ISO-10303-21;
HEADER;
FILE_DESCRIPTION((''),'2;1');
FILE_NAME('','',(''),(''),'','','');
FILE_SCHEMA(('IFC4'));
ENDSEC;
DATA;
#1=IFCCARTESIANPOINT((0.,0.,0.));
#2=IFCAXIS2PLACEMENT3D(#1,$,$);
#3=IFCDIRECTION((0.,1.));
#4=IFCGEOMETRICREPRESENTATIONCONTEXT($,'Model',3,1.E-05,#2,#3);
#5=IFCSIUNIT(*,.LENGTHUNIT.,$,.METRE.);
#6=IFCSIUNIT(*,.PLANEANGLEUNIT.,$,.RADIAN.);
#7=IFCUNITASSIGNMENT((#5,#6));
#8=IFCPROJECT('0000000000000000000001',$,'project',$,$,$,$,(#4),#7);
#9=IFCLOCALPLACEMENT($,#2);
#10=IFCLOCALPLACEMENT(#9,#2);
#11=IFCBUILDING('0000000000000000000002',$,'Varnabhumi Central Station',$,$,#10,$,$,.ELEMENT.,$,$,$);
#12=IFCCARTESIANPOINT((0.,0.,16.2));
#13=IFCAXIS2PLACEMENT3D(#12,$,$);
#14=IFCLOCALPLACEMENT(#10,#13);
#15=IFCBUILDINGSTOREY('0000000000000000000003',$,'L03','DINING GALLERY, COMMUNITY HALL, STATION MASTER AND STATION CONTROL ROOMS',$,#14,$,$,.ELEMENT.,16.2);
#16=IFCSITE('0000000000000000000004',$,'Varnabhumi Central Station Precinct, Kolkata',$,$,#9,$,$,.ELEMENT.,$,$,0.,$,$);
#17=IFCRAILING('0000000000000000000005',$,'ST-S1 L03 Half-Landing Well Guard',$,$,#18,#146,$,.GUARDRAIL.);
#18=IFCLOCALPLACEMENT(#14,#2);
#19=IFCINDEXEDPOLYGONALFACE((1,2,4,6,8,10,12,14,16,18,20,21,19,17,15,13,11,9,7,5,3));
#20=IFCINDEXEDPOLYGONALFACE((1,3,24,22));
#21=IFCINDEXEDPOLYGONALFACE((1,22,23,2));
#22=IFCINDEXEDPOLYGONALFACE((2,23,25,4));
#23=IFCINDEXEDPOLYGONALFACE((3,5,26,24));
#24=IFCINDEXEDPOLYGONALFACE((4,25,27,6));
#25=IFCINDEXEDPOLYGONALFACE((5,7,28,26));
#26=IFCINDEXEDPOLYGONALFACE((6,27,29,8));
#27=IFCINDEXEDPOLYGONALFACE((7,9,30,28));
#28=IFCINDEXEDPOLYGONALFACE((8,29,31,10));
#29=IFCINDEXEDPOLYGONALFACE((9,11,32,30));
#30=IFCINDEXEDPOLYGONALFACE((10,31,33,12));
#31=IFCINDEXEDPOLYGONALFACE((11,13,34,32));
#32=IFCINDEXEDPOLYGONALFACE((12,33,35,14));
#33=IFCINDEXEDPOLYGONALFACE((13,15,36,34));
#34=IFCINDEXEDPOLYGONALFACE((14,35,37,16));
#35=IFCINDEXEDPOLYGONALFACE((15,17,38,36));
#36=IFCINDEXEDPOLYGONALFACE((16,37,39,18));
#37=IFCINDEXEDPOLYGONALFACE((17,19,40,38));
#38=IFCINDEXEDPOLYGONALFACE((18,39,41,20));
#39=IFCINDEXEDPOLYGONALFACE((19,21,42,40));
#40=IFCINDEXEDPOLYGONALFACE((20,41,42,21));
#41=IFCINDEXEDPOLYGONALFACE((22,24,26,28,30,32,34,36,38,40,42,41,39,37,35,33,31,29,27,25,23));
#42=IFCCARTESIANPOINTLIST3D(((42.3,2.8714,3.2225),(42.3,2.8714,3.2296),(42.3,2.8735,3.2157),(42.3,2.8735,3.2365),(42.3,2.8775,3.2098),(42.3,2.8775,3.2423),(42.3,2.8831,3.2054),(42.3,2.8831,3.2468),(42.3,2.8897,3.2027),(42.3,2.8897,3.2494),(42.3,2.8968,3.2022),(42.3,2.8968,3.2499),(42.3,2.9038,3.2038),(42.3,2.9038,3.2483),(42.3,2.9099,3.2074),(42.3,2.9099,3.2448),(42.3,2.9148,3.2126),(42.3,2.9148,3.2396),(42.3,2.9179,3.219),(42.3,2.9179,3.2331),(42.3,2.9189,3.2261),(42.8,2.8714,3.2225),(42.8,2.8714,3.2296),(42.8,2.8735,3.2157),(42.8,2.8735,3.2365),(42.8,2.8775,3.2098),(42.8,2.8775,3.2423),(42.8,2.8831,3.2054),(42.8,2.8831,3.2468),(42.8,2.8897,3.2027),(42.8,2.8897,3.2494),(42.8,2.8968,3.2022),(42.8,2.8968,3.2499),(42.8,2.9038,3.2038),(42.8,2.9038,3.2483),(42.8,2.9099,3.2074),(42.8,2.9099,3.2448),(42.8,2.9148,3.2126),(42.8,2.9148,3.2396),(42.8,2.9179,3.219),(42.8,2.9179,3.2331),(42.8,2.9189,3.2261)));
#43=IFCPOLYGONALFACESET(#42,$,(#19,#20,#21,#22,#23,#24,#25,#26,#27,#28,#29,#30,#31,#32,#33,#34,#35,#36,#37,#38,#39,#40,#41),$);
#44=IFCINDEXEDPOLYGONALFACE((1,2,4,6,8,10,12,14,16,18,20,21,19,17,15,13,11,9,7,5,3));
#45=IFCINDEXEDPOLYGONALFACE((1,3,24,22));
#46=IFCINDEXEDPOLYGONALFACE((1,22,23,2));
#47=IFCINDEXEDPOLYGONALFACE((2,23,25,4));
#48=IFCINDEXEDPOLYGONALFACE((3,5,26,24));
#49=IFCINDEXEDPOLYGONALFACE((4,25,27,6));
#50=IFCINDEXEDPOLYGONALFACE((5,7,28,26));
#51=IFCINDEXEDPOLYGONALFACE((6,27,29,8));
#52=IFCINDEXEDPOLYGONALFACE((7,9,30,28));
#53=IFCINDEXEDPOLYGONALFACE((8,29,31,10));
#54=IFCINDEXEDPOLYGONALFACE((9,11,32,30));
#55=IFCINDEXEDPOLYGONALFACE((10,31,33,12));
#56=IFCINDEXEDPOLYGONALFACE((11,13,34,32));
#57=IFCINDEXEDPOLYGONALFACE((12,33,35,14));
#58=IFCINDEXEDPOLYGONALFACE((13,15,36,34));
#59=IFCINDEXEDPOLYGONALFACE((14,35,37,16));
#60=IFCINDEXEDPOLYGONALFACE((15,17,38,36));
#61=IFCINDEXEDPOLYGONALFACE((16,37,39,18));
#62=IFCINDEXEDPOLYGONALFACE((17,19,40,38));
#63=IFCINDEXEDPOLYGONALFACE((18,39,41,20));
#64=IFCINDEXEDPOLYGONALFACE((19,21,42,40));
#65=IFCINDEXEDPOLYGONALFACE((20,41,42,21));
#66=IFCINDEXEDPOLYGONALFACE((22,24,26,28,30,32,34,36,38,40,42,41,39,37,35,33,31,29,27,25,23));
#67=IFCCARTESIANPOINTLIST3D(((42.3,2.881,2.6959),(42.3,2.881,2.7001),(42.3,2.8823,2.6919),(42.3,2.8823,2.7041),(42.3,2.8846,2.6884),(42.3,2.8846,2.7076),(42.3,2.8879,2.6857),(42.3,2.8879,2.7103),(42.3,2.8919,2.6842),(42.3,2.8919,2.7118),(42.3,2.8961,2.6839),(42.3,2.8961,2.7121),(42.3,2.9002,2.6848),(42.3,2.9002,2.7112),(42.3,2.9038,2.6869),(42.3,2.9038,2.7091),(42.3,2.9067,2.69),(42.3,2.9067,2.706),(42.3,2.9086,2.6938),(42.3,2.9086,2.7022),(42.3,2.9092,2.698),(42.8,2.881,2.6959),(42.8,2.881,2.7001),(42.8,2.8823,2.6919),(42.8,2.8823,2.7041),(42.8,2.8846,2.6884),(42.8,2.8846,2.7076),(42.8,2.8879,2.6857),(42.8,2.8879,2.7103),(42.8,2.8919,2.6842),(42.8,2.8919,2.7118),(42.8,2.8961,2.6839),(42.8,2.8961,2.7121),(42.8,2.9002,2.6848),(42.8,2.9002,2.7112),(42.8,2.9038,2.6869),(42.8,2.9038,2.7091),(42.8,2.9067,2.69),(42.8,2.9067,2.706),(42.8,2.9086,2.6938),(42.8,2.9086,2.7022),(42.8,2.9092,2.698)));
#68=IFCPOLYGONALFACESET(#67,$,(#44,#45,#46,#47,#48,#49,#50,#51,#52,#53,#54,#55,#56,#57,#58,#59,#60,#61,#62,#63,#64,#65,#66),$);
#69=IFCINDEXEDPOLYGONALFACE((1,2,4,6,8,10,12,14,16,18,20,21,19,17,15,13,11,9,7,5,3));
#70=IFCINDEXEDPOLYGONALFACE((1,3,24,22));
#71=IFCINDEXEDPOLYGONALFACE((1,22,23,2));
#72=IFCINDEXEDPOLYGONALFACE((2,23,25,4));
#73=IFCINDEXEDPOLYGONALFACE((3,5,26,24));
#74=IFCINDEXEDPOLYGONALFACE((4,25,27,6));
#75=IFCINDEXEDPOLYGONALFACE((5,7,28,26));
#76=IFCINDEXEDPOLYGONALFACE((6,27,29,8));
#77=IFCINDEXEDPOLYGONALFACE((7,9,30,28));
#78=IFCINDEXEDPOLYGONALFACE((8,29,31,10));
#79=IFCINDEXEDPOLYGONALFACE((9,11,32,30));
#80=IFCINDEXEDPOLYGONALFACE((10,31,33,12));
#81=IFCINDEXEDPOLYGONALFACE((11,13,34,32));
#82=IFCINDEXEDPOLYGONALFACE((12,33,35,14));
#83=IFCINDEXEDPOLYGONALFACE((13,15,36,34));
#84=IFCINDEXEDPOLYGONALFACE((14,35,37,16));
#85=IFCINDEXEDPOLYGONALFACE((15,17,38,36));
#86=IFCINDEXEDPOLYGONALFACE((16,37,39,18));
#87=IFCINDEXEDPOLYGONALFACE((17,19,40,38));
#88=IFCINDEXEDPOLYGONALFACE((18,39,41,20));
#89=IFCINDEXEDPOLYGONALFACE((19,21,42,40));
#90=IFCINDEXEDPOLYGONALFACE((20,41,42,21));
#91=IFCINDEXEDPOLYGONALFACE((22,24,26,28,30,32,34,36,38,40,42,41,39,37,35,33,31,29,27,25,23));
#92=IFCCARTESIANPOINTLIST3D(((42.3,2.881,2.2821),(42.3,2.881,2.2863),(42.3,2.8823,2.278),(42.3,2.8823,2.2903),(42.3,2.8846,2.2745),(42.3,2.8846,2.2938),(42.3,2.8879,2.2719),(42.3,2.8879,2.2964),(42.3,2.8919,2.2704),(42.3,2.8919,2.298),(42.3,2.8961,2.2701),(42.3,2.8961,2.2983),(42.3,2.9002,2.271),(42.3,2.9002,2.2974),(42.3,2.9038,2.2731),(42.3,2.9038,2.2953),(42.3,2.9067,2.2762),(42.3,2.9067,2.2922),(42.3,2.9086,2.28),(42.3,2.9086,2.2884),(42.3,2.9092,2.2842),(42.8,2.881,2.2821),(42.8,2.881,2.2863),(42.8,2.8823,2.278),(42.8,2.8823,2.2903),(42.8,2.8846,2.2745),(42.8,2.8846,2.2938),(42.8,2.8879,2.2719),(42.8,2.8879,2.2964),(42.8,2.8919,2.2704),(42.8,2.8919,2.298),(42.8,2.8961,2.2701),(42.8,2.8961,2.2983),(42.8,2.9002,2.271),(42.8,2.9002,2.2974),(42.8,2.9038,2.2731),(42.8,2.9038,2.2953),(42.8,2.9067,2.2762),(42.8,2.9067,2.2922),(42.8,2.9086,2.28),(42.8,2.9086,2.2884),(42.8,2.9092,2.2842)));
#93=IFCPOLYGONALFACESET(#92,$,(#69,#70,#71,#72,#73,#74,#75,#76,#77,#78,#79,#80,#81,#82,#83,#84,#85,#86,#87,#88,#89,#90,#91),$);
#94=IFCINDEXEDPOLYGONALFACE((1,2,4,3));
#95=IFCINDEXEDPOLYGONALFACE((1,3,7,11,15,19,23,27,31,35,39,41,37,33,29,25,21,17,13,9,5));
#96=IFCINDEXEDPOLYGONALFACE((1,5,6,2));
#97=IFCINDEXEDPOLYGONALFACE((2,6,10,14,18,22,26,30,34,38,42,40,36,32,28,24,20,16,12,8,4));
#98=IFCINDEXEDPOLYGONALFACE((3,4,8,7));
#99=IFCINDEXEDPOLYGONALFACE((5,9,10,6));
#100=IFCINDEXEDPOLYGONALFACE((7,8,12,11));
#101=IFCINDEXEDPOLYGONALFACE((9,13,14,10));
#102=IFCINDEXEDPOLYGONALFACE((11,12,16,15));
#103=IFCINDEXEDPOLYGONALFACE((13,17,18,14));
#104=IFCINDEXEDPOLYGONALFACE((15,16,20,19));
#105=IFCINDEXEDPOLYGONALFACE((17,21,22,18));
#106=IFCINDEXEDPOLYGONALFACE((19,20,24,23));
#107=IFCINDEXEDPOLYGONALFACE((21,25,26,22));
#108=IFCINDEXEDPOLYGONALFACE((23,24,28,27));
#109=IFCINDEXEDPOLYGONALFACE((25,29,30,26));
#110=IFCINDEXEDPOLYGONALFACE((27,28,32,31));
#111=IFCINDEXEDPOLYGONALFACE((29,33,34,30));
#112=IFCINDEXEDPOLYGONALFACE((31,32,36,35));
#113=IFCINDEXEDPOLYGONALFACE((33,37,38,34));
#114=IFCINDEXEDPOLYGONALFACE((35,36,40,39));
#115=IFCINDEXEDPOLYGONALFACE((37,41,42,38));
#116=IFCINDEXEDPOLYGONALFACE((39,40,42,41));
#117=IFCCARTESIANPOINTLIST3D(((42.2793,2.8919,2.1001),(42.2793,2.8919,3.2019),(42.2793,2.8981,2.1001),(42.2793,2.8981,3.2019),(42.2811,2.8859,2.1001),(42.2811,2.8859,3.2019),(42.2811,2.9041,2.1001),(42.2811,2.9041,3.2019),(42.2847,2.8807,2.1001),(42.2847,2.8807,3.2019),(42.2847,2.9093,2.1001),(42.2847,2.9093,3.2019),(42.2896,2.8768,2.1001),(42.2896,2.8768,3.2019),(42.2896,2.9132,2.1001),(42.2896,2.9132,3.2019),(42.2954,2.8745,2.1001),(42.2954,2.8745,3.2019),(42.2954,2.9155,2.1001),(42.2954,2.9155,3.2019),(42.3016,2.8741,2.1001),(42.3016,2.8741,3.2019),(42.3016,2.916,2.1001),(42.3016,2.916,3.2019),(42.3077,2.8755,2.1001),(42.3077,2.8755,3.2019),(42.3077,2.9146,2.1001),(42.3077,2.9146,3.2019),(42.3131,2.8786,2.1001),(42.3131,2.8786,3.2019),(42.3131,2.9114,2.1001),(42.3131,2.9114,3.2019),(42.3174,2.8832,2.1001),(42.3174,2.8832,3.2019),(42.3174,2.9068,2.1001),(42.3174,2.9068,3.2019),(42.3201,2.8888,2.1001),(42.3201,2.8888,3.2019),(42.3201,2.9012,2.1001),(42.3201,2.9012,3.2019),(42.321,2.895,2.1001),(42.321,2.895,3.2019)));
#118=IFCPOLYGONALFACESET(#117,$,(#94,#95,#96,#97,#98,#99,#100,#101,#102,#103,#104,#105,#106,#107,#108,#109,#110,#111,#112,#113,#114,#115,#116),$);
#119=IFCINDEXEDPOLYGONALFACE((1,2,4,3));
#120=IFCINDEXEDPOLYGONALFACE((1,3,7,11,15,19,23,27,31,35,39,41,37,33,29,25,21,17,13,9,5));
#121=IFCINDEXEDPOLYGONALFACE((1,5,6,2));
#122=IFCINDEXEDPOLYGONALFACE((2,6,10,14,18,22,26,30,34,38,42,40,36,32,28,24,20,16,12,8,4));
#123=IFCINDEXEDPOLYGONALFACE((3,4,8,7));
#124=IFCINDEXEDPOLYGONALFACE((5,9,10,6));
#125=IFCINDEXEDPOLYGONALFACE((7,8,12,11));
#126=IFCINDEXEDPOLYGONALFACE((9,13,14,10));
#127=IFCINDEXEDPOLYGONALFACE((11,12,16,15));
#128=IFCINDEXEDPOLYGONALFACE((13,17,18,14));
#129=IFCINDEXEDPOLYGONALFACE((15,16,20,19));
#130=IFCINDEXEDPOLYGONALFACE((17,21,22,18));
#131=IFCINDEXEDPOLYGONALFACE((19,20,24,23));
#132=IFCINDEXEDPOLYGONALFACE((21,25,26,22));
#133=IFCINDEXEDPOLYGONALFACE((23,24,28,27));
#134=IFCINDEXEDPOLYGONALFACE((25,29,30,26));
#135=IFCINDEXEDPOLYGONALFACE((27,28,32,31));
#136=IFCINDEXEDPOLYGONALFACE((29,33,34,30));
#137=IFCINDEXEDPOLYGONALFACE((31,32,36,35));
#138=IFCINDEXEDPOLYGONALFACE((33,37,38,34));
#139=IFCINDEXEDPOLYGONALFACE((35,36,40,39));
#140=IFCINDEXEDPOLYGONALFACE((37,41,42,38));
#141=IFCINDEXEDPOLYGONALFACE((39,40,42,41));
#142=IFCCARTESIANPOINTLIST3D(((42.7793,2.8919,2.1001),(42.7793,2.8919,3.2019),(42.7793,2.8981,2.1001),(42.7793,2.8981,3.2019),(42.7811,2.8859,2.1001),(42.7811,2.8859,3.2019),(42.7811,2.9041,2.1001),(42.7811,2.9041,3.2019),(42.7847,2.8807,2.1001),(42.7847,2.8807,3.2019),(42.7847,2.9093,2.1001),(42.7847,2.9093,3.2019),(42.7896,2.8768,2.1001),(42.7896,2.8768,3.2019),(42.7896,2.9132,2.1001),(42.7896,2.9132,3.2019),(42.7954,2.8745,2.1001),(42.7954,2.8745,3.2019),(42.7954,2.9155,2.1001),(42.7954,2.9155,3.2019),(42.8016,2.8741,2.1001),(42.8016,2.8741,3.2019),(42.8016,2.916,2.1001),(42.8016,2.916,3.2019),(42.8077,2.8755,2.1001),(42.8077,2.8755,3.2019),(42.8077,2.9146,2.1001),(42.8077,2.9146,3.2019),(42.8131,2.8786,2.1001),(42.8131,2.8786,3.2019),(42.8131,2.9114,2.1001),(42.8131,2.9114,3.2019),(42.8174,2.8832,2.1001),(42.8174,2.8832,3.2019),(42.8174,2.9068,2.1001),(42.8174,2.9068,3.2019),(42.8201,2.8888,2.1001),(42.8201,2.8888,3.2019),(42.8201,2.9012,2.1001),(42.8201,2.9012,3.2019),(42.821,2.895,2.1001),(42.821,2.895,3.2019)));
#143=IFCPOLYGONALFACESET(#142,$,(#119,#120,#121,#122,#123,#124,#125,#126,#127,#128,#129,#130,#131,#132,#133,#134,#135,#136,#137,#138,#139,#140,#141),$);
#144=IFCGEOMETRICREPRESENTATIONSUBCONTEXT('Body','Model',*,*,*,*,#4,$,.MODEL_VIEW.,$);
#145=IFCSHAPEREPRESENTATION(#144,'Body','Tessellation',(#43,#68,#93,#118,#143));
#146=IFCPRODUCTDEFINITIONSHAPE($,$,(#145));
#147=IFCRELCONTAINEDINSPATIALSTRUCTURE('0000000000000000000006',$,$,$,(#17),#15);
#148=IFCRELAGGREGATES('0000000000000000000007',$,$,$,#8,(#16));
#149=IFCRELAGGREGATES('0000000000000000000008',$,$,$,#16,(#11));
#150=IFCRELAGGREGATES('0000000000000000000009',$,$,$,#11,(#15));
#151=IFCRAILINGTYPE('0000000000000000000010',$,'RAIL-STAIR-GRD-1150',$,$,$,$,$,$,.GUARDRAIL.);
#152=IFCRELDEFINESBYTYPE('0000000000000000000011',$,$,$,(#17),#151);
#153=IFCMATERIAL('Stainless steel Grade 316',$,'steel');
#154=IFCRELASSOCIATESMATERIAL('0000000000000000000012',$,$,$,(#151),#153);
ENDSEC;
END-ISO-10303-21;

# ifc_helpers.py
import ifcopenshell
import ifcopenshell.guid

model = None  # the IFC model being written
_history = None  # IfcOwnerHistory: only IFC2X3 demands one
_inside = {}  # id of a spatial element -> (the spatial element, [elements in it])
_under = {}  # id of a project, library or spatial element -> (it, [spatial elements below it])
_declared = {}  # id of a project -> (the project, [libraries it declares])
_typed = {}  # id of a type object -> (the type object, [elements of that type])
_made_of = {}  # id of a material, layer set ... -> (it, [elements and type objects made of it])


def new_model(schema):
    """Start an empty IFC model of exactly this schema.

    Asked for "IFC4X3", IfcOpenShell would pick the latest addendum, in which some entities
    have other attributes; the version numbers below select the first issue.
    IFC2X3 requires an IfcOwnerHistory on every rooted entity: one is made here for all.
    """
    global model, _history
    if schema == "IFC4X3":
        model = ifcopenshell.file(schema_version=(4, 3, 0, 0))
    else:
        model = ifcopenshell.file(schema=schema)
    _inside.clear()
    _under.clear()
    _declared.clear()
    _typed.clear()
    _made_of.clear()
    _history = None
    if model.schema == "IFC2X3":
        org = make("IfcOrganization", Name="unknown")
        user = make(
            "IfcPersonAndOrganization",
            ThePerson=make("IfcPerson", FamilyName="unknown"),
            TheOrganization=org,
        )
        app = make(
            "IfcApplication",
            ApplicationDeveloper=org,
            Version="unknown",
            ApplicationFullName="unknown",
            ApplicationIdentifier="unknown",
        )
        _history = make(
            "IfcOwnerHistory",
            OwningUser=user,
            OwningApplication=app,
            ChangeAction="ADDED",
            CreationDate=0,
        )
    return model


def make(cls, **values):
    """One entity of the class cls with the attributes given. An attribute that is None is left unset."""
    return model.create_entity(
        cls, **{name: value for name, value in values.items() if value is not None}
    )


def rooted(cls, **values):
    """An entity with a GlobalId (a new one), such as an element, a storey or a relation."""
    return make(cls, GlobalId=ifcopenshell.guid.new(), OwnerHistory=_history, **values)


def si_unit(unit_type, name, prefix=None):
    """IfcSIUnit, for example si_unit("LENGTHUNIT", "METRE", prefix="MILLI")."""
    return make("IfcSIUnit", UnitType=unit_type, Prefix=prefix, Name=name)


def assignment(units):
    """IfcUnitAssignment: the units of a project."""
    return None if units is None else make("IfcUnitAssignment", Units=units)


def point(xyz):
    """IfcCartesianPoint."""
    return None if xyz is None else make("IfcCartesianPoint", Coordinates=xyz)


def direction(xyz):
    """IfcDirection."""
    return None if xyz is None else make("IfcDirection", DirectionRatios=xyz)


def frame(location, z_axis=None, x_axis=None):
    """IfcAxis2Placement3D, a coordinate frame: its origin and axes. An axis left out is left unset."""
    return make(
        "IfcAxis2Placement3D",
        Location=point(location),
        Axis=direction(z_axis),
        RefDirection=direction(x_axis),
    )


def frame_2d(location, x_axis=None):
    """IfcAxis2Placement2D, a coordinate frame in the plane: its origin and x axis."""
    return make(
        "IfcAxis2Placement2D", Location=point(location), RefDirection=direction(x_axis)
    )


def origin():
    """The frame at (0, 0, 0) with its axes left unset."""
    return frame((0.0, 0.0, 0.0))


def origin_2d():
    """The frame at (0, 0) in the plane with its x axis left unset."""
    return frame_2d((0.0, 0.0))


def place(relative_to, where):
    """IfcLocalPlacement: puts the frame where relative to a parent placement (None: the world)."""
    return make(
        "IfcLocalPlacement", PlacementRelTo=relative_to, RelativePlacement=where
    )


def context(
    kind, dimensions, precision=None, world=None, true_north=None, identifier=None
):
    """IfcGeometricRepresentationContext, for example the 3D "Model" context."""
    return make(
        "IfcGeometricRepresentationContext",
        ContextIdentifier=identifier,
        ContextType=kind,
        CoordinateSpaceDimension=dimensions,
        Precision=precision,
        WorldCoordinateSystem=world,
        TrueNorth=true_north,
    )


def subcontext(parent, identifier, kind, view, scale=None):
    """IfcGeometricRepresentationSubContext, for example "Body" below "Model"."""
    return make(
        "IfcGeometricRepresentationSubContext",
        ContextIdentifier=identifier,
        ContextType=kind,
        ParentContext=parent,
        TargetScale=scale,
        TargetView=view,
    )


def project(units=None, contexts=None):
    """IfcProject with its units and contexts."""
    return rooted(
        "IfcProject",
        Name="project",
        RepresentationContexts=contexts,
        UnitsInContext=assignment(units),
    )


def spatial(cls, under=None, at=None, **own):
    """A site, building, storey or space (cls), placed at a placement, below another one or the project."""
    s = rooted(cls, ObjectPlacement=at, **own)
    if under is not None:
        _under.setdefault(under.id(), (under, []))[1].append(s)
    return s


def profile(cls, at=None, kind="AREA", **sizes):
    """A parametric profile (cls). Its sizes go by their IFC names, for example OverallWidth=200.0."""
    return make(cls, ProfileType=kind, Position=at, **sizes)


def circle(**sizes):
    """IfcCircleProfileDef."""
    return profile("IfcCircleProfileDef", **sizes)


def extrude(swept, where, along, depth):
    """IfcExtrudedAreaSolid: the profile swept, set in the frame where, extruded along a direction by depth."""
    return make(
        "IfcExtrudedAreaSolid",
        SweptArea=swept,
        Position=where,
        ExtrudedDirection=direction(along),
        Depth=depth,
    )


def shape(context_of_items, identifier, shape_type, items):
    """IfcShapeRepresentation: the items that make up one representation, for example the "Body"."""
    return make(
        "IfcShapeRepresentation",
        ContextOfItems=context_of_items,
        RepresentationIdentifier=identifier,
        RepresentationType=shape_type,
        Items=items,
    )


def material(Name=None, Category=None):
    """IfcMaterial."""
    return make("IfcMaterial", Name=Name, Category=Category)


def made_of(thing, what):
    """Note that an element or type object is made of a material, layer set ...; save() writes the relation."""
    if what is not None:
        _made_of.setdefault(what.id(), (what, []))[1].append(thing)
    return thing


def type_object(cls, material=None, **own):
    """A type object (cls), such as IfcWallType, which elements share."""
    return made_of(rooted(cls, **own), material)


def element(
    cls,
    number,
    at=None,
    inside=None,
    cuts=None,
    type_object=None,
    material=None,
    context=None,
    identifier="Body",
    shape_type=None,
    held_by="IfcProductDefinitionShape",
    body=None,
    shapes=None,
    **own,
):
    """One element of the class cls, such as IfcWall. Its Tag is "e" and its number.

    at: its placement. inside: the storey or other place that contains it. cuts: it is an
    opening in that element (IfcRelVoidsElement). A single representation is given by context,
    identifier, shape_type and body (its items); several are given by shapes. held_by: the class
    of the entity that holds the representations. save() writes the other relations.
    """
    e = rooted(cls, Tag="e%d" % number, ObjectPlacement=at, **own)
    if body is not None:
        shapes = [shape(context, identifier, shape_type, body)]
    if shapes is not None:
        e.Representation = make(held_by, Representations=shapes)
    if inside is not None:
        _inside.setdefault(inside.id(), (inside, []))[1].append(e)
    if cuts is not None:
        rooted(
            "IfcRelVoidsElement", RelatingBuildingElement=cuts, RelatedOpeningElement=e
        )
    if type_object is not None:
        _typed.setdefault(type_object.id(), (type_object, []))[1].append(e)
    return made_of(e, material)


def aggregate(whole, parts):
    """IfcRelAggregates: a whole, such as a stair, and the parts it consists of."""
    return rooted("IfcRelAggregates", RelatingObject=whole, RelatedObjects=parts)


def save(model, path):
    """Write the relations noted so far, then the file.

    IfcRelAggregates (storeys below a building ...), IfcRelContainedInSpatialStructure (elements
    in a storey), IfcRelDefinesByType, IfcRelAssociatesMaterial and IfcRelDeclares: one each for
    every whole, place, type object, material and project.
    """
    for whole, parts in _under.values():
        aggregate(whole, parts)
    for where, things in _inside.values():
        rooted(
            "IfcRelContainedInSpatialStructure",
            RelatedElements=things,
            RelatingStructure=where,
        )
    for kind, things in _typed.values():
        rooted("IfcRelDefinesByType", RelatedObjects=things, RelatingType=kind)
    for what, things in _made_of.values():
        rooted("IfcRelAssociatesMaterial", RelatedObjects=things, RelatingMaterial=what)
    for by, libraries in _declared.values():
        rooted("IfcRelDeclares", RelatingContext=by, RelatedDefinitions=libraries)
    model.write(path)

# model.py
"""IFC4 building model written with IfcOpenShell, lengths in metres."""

from ifc_helpers import new_model, si_unit, direction, frame, origin, origin_2d, place, context, subcontext, project, spatial, circle, extrude, material, type_object, element, save


model = new_model("IFC4")

# Units and contexts
model_context = context("Model", 3, precision=1e-05, world=origin(), true_north=direction((0.0, 1.0)))
body_context = subcontext(model_context, "Body", "Model", "MODEL_VIEW")
ifc_project = project(units=[si_unit("LENGTHUNIT", "METRE"), si_unit("PLANEANGLEUNIT", "RADIAN")], contexts=[model_context])

# Site, building, storey
site_placement = place(None, origin())
site = spatial("IfcSite", under=ifc_project, at=site_placement, Name="Varnabhumi Central Station Precinct, Kolkata", CompositionType="ELEMENT", RefElevation=0.0)
building_placement = place(site_placement, origin())
building = spatial("IfcBuilding", under=site, at=building_placement, Name="Varnabhumi Central Station", CompositionType="ELEMENT")
storey_placement = place(building_placement, frame((0.0, 0.0, 16.2)))
storey = spatial("IfcBuildingStorey", under=building, at=storey_placement, Name="L03", Description="DINING GALLERY, COMMUNITY HALL, STATION MASTER AND STATION CONTROL ROOMS", CompositionType="ELEMENT", Elevation=16.2)

# Shared definitions
ifc_material_1 = material(Name="Stainless steel Grade 316", Category="steel")

# Railing
railing_type_1 = type_object("IfcRailingType", Name="RAIL-STAIR-GRD-1150", PredefinedType="GUARDRAIL", material=ifc_material_1)
for number, where, name in (
    (1, (42.3, 2.895, 2.1001), "ST-S1 L03 Half-Landing Well Guard"),
):
    element("IfcRailing", number, at=place(storey_placement, frame(where)), inside=storey, type_object=railing_type_1, Name=name, PredefinedType="GUARDRAIL", context=body_context, shape_type="SweptSolid", body=[
        extrude(circle(Radius=0.0239, at=origin_2d()), frame((0.0, 0.0, 1.126), z_axis=(1.0, 0.0, 0.0), x_axis=(0.0, 1.0, 0.0)), (0.0, 0.0, 1.0), 0.5),
        extrude(circle(Radius=0.0142, at=origin_2d()), frame((0.0, 0.0, 0.5979), z_axis=(1.0, 0.0, 0.0), x_axis=(0.0, 1.0, 0.0)), (0.0, 0.0, 1.0), 0.5),
        extrude(circle(Radius=0.0142, at=origin_2d()), frame((0.0, 0.0, 0.1841), z_axis=(1.0, 0.0, 0.0), x_axis=(0.0, 1.0, 0.0)), (0.0, 0.0, 1.0), 0.5),
        extrude(circle(Radius=0.021, at=origin_2d()), origin(), (0.0, 0.0, 1.0), 1.1018),
        extrude(circle(Radius=0.021, at=origin_2d()), frame((0.5, 0.0, 0.0)), (0.0, 0.0, 1.0), 1.1018),
    ])

save(model, "model.ifc")
